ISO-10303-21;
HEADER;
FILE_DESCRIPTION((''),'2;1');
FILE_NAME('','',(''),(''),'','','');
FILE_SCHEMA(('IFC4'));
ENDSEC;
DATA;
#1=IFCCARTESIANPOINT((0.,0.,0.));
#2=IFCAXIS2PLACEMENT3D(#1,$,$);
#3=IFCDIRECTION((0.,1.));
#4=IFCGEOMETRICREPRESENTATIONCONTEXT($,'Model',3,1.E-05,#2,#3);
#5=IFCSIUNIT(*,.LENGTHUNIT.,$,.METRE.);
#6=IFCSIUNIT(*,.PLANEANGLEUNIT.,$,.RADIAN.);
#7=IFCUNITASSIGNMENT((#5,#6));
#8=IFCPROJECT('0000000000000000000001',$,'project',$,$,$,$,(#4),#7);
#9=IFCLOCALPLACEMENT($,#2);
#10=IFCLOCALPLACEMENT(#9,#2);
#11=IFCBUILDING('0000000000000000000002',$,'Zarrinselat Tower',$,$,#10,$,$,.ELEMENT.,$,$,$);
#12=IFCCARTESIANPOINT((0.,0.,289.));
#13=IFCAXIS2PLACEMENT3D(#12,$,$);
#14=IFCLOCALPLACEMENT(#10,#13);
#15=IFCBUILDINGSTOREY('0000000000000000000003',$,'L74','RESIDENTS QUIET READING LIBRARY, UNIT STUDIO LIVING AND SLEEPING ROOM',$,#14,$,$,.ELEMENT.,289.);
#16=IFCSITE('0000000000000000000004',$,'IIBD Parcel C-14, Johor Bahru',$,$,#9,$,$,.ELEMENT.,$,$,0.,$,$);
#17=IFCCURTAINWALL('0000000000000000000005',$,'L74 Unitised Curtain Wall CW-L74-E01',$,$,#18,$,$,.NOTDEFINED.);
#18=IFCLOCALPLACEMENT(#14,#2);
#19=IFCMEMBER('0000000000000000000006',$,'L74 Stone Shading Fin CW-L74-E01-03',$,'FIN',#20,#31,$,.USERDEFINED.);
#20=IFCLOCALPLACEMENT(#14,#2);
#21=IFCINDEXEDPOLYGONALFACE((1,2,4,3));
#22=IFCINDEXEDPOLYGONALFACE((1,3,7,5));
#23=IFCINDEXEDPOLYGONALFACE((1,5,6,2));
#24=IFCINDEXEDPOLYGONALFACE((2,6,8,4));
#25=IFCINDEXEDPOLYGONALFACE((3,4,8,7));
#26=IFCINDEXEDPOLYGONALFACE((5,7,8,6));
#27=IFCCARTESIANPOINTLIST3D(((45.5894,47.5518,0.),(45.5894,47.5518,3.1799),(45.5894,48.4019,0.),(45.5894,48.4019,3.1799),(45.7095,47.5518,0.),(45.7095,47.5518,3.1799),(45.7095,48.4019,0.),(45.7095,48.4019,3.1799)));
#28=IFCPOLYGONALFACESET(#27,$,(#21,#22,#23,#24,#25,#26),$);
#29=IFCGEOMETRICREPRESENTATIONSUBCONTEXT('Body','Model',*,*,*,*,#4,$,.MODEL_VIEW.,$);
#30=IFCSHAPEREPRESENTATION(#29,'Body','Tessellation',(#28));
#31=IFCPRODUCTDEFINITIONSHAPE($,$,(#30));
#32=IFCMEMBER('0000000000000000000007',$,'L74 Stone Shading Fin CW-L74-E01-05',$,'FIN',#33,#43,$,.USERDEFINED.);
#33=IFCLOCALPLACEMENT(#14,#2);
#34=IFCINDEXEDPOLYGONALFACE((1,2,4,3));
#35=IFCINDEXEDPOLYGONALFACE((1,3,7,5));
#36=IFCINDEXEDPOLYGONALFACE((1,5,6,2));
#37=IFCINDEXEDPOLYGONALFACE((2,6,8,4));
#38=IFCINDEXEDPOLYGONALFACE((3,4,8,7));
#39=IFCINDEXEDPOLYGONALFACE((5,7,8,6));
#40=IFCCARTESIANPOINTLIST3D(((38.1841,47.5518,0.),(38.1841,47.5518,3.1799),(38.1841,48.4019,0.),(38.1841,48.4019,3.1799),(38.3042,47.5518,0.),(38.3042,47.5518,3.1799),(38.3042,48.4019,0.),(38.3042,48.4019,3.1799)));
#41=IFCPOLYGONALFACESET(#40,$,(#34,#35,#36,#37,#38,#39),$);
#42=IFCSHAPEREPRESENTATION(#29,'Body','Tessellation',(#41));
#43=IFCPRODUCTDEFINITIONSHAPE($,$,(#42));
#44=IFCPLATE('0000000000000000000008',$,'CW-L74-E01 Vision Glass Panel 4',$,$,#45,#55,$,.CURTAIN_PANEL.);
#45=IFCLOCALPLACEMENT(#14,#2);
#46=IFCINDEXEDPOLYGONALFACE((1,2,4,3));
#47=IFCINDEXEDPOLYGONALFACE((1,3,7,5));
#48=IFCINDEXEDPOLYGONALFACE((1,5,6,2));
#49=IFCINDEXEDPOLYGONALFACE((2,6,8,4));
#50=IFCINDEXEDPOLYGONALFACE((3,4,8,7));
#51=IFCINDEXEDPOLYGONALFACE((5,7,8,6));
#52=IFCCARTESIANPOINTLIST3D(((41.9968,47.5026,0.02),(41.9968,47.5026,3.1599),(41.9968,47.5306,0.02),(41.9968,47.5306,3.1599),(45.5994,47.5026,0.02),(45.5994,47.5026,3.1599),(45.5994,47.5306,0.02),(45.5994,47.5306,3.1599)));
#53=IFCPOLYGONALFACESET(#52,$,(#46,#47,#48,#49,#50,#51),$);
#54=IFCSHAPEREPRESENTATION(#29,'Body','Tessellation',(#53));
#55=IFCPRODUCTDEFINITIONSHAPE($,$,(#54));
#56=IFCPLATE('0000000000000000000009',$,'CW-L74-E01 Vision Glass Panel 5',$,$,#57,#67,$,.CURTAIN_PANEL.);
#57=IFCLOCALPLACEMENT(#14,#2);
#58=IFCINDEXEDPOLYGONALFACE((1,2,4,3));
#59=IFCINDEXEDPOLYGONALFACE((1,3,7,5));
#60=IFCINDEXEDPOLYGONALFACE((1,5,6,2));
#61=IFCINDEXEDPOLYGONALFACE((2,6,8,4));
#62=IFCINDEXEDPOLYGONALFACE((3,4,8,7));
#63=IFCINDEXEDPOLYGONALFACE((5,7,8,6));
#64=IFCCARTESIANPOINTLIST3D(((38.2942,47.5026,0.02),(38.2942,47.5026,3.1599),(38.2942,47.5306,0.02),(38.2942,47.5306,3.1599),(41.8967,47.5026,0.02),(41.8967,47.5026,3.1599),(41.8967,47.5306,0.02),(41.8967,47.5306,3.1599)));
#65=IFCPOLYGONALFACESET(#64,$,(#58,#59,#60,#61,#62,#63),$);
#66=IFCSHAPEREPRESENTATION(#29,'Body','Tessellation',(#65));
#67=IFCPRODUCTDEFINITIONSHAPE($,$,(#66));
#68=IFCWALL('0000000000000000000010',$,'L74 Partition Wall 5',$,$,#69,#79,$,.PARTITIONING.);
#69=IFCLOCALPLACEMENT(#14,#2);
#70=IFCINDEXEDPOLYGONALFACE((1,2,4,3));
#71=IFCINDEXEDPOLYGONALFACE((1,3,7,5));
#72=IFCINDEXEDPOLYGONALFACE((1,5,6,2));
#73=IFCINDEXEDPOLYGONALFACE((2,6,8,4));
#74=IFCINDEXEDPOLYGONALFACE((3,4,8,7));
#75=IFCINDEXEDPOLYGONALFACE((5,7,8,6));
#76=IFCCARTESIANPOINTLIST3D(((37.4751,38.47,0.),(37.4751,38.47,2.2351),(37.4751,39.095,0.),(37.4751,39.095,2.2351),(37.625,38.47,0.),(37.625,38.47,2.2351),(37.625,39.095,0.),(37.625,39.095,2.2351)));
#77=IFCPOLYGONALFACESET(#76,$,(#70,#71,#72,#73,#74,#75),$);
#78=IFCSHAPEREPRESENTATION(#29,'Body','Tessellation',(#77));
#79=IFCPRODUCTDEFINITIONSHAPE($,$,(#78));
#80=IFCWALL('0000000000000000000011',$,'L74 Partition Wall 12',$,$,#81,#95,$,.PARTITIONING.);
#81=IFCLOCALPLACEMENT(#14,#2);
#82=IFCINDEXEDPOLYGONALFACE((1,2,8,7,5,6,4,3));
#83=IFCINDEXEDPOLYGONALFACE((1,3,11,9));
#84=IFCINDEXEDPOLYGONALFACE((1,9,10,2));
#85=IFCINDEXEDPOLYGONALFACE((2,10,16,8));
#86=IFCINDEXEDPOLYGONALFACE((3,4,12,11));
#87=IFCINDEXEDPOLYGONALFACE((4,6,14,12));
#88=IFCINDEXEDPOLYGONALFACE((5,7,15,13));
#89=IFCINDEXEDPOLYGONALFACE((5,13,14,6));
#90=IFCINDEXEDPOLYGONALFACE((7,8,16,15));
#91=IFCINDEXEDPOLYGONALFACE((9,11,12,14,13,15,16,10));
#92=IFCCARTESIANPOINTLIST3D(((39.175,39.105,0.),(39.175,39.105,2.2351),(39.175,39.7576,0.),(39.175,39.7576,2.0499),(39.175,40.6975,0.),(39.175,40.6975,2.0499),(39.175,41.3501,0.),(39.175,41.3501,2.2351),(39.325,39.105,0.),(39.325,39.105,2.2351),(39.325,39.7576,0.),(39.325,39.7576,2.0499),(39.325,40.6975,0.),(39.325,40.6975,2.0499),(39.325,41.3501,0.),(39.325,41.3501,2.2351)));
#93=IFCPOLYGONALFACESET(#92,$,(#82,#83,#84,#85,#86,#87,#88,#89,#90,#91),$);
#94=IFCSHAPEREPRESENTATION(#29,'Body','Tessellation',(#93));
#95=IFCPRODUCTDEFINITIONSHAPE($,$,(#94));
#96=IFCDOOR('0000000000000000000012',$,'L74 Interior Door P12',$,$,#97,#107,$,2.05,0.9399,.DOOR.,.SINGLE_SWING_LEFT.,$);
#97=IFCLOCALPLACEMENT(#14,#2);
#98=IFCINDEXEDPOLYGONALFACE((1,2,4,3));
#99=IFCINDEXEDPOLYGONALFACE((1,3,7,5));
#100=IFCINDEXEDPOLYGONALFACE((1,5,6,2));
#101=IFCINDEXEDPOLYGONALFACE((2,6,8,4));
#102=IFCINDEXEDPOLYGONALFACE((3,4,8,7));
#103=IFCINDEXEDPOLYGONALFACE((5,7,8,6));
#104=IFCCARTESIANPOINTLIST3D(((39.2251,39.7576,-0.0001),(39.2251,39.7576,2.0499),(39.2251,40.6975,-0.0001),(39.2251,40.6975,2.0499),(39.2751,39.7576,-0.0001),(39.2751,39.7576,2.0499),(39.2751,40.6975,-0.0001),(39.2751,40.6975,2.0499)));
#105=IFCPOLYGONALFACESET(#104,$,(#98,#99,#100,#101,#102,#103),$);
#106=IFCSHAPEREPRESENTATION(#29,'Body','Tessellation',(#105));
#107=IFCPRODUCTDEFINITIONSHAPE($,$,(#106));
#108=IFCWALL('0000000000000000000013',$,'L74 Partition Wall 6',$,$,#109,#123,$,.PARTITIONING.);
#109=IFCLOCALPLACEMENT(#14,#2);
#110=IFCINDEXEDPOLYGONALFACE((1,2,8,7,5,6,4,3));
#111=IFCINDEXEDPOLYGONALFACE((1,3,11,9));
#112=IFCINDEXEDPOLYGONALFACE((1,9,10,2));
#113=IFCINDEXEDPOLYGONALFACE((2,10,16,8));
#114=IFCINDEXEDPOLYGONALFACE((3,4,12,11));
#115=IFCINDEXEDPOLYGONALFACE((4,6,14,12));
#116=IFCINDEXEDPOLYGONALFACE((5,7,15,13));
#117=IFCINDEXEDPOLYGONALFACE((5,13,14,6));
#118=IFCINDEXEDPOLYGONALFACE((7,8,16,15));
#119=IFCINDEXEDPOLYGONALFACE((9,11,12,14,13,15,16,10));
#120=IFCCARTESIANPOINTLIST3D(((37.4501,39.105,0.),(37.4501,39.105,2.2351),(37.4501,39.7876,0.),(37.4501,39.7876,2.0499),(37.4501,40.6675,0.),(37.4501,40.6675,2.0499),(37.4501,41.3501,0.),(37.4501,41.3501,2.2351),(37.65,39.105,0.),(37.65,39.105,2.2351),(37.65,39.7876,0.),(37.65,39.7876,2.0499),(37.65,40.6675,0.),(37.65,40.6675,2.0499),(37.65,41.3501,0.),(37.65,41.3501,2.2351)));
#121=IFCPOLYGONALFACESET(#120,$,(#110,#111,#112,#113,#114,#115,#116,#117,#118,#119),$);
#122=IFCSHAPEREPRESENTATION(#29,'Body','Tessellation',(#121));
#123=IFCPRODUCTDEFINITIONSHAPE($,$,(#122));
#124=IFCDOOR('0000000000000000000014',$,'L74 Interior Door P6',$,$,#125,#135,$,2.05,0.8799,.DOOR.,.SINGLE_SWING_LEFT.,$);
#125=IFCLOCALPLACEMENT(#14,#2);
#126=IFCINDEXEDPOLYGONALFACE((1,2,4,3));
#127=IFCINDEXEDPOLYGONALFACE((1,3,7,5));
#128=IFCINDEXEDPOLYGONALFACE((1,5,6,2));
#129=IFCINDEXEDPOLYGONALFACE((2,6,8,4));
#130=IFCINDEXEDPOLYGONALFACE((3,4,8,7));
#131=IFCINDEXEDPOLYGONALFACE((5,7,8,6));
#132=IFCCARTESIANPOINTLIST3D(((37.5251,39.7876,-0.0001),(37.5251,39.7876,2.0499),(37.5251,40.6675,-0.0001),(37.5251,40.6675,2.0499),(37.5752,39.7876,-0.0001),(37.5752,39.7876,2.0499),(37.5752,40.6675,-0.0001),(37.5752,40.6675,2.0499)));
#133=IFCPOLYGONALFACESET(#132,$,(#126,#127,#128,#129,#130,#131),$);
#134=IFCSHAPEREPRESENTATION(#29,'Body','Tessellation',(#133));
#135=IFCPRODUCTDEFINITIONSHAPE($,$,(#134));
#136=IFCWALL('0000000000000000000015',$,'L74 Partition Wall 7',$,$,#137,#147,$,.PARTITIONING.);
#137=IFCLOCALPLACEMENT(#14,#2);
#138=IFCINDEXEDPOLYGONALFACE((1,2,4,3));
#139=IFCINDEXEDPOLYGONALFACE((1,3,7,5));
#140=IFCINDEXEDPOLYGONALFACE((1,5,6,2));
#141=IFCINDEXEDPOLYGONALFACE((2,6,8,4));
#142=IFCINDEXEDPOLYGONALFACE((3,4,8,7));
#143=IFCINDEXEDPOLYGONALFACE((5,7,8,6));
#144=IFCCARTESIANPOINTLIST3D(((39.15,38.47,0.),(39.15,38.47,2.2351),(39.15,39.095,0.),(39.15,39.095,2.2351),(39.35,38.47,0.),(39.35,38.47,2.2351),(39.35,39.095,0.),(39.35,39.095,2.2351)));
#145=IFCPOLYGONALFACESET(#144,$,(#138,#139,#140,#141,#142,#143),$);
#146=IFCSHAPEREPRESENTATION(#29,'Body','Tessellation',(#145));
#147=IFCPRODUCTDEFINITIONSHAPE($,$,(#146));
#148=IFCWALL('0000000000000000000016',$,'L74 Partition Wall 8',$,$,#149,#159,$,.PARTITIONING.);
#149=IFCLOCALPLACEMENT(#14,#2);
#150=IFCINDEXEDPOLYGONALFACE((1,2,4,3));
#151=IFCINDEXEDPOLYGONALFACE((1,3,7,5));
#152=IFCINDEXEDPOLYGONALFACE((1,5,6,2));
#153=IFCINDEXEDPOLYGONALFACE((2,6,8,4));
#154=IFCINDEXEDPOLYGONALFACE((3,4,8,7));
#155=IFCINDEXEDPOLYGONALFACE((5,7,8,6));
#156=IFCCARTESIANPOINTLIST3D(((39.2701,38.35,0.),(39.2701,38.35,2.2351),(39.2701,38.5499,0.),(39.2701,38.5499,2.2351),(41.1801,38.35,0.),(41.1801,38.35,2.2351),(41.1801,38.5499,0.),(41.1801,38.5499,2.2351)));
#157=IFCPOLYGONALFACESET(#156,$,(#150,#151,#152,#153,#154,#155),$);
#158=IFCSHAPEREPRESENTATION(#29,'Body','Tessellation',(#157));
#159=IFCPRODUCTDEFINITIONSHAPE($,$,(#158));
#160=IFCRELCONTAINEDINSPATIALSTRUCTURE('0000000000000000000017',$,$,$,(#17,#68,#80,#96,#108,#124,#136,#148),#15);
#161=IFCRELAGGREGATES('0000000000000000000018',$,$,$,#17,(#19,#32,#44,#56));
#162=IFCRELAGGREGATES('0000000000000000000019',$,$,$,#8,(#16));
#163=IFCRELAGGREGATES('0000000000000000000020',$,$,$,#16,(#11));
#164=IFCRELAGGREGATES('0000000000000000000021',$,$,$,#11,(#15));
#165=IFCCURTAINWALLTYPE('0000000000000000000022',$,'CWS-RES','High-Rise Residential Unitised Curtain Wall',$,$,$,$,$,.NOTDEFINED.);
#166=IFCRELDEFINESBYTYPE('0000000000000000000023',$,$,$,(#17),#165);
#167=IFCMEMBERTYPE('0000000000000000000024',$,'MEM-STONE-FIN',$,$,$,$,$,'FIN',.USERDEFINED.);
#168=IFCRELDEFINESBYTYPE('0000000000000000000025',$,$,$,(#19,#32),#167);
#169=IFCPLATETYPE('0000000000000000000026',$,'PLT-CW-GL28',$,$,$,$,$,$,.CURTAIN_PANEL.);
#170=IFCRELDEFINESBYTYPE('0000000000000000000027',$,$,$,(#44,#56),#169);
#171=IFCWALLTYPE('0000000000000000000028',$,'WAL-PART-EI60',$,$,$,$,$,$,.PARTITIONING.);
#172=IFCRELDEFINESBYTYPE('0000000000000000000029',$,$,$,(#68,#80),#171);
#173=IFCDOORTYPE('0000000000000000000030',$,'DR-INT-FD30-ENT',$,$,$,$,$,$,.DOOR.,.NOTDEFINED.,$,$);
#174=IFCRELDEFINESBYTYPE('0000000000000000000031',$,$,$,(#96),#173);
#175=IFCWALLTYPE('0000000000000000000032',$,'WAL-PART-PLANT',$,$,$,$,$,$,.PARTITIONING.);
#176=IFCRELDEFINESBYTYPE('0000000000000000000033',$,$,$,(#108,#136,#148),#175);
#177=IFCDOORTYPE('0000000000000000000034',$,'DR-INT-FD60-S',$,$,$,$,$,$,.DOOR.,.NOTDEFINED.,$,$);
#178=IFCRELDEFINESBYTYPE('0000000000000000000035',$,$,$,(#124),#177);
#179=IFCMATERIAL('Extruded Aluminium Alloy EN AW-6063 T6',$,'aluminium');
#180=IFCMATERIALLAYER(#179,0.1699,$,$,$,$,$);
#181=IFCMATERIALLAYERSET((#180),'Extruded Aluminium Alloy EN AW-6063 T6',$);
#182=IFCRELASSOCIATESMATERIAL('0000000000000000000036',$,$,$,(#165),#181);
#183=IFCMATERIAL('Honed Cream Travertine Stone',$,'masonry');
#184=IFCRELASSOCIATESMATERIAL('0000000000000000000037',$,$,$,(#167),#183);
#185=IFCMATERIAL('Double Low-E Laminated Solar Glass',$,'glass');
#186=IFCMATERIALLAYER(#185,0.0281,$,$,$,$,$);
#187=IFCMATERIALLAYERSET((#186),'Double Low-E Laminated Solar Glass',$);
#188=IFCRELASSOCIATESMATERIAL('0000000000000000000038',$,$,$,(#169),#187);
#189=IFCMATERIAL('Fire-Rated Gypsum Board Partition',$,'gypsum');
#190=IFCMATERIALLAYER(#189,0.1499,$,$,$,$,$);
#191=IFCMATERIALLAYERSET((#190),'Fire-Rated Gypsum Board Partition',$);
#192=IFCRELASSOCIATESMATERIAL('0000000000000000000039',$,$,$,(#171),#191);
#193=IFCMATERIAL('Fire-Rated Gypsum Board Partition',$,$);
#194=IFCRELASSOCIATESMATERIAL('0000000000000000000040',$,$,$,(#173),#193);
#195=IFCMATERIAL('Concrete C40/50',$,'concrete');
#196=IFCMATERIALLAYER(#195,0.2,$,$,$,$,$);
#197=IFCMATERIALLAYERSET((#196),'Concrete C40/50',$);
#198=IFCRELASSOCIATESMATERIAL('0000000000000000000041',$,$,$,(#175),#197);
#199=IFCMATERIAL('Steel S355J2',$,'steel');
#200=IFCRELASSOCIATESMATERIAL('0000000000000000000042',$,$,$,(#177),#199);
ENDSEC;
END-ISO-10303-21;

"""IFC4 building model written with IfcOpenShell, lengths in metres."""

from ifc_helpers import new_model, si_unit, direction, frame, frame_2d, origin, origin_2d, place, context, subcontext, project, spatial, rectangle, extrude, material, layer, layer_set, material_profile, profile_set, type_object, element, fill, aggregate, save


model = new_model("IFC4")

# Units and contexts
model_context = context("Model", 3, precision=1e-05, world=origin(), true_north=direction((0.0, 1.0)))
body_context = subcontext(model_context, "Body", "Model", "MODEL_VIEW")
ifc_project = project(units=[si_unit("LENGTHUNIT", "METRE"), si_unit("PLANEANGLEUNIT", "RADIAN")], contexts=[model_context])

# Site, building, storey
site_placement = place(None, origin())
site = spatial("IfcSite", under=ifc_project, at=site_placement, Name="IIBD Parcel C-14, Johor Bahru", CompositionType="ELEMENT", RefElevation=0.0)
building_placement = place(site_placement, origin())
building = spatial("IfcBuilding", under=site, at=building_placement, Name="Zarrinselat Tower", CompositionType="ELEMENT")
storey_placement = place(building_placement, frame((0.0, 0.0, 289.0)))
storey = spatial("IfcBuildingStorey", under=building, at=storey_placement, Name="L74", Description="RESIDENTS QUIET READING LIBRARY, UNIT STUDIO LIVING AND SLEEPING ROOM", CompositionType="ELEMENT", Elevation=289.0)

# Curtain wall, members, plates
ifc_material_1 = material(Name="Extruded Aluminium Alloy EN AW-6063 T6", Category="aluminium")
ifc_layer_1 = layer(ifc_material_1, 0.1699)
ifc_layer_set_1 = layer_set([ifc_layer_1], Name="Extruded Aluminium Alloy EN AW-6063 T6")
curtain_wall_type = type_object("IfcCurtainWallType", Name="CWS-RES", Description="High-Rise Residential Unitised Curtain Wall", PredefinedType="NOTDEFINED", material=ifc_layer_set_1)
curtain_wall_placement = place(storey_placement, origin())
curtain_wall = element("IfcCurtainWall", 1, at=curtain_wall_placement, inside=storey, type_object=curtain_wall_type, Name="L74 Unitised Curtain Wall CW-L74-E01", PredefinedType="NOTDEFINED")
ifc_material_2 = material(Name="Honed Cream Travertine Stone", Category="masonry")
ifc_material_profile_1 = material_profile(ifc_material_2, rectangle(XDim=0.1201, YDim=0.8501, at=origin_2d()), Name="FIN 850x120")
ifc_profile_set_1 = profile_set([ifc_material_profile_1], Name="Honed Cream Travertine Stone")
member_type_1 = type_object("IfcMemberType", Name="MEM-STONE-FIN", ElementType="FIN", PredefinedType="USERDEFINED", material=ifc_profile_set_1)
member_1_placement = place(storey_placement, frame((45.6494, 47.9768, 0.0), z_axis=(0.0, 0.0, 1.0), x_axis=(1.0, 0.0, 0.0)))
member_1 = element("IfcMember", 2, at=member_1_placement, type_object=member_type_1, Name="L74 Stone Shading Fin CW-L74-E01-03", ObjectType="FIN", PredefinedType="USERDEFINED", context=body_context, shape_type="SweptSolid", body=[
    extrude(rectangle(XDim=0.1201, YDim=0.8501, at=origin_2d()), origin(), (0.0, 0.0, 1.0), 3.1799),
])
member_2_placement = place(storey_placement, frame((38.2441, 47.9768, 0.0), z_axis=(0.0, 0.0, 1.0), x_axis=(1.0, 0.0, 0.0)))
member_2 = element("IfcMember", 3, at=member_2_placement, type_object=member_type_1, Name="L74 Stone Shading Fin CW-L74-E01-05", ObjectType="FIN", PredefinedType="USERDEFINED", context=body_context, shape_type="SweptSolid", body=[
    extrude(rectangle(XDim=0.1201, YDim=0.8501, at=origin_2d()), origin(), (0.0, 0.0, 1.0), 3.1799),
])
ifc_material_3 = material(Name="Double Low-E Laminated Solar Glass", Category="glass")
ifc_layer_2 = layer(ifc_material_3, 0.0281)
ifc_layer_set_2 = layer_set([ifc_layer_2], Name="Double Low-E Laminated Solar Glass")
plate_type = type_object("IfcPlateType", Name="PLT-CW-GL28", PredefinedType="CURTAIN_PANEL", material=ifc_layer_set_2)
plate_1_placement = place(storey_placement, frame((43.7981, 47.5166, 0.02), z_axis=(0.0, 0.0, 1.0), x_axis=(-1.0, 0.0, 0.0)))
plate_1 = element("IfcPlate", 4, at=plate_1_placement, type_object=plate_type, Name="CW-L74-E01 Vision Glass Panel 4", PredefinedType="CURTAIN_PANEL", context=body_context, shape_type="SweptSolid", body=[
    extrude(rectangle(XDim=3.6025, YDim=0.0281, at=origin_2d()), origin(), (0.0, 0.0, 1.0), 3.1399),
])
plate_2_placement = place(storey_placement, frame((40.0955, 47.5166, 0.02), z_axis=(0.0, 0.0, 1.0), x_axis=(-1.0, 0.0, 0.0)))
plate_2 = element("IfcPlate", 5, at=plate_2_placement, type_object=plate_type, Name="CW-L74-E01 Vision Glass Panel 5", PredefinedType="CURTAIN_PANEL", context=body_context, shape_type="SweptSolid", body=[
    extrude(rectangle(XDim=3.6025, YDim=0.0281, at=origin_2d()), origin(), (0.0, 0.0, 1.0), 3.1399),
])
aggregate(curtain_wall, [member_1, member_2, plate_1, plate_2])

# Wall
ifc_material_4 = material(Name="Fire-Rated Gypsum Board Partition", Category="gypsum")
ifc_layer_3 = layer(ifc_material_4, 0.1499)
ifc_layer_set_3 = layer_set([ifc_layer_3], Name="Fire-Rated Gypsum Board Partition")
wall_type_1 = type_object("IfcWallType", Name="WAL-PART-EI60", PredefinedType="PARTITIONING", material=ifc_layer_set_3)
wall_1_placement = place(storey_placement, frame((37.55, 38.47, 0.0), z_axis=(0.0, 0.0, 1.0), x_axis=(0.0, 1.0, 0.0)))
element("IfcWall", 6, at=wall_1_placement, inside=storey, type_object=wall_type_1, Name="L74 Partition Wall 5", PredefinedType="PARTITIONING", context=body_context, shape_type="SweptSolid", body=[
    extrude(rectangle(XDim=0.625, YDim=0.1499, at=frame_2d((0.3125, 0.0))), origin(), (0.0, 0.0, 1.0), 2.2351),
])

# Walls, openings, doors
wall_2_placement = place(storey_placement, frame((39.25, 39.105, 0.0), z_axis=(0.0, 0.0, 1.0), x_axis=(0.0, 1.0, 0.0)))
wall_2 = element("IfcWall", 7, at=wall_2_placement, inside=storey, type_object=wall_type_1, Name="L74 Partition Wall 12", PredefinedType="PARTITIONING", context=body_context, shape_type="SweptSolid", body=[
    extrude(rectangle(XDim=2.2451, YDim=0.1499, at=frame_2d((1.1226, 0.0))), origin(), (0.0, 0.0, 1.0), 2.2351),
])
opening_1_placement = place(wall_2_placement, frame((0.6526, 0.0, 0.0)))
opening_1 = element("IfcOpeningElement", 8, at=opening_1_placement, cuts=wall_2, PredefinedType="OPENING", context=body_context, shape_type="SweptSolid", body=[
    extrude(rectangle(XDim=0.9399, YDim=2.05, at=frame_2d((0.47, 1.0249))), frame((0.0, 0.085, 0.0), z_axis=(0.0, -1.0, 0.0), x_axis=(1.0, 0.0, 0.0)), (0.0, 0.0, 1.0), 0.1699),
])
ifc_material_5 = material(Name="Fire-Rated Gypsum Board Partition")
door_type_1 = type_object("IfcDoorType", Name="DR-INT-FD30-ENT", OperationType="NOTDEFINED", PredefinedType="DOOR", material=ifc_material_5)
door_1_placement = place(opening_1_placement, origin())
door_1 = element("IfcDoor", 9, at=door_1_placement, inside=storey, type_object=door_type_1, Name="L74 Interior Door P12", OperationType="SINGLE_SWING_LEFT", OverallHeight=2.05, OverallWidth=0.9399, PredefinedType="DOOR", context=body_context, shape_type="SweptSolid", body=[
    extrude(rectangle(XDim=0.9399, YDim=2.05, at=frame_2d((0.47, 1.0249))), frame((0.0, 0.0249, 0.0), z_axis=(0.0, -1.0, 0.0), x_axis=(1.0, 0.0, 0.0)), (0.0, 0.0, 1.0), 0.05),
])
fill(opening_1, door_1)
ifc_material_6 = material(Name="Concrete C40/50", Category="concrete")
ifc_layer_4 = layer(ifc_material_6, 0.2)
ifc_layer_set_4 = layer_set([ifc_layer_4], Name="Concrete C40/50")
wall_type_2 = type_object("IfcWallType", Name="WAL-PART-PLANT", PredefinedType="PARTITIONING", material=ifc_layer_set_4)
wall_3_placement = place(storey_placement, frame((37.55, 39.105, 0.0), z_axis=(0.0, 0.0, 1.0), x_axis=(0.0, 1.0, 0.0)))
wall_3 = element("IfcWall", 10, at=wall_3_placement, inside=storey, type_object=wall_type_2, Name="L74 Partition Wall 6", PredefinedType="PARTITIONING", context=body_context, shape_type="SweptSolid", body=[
    extrude(rectangle(XDim=2.2451, YDim=0.2, at=frame_2d((1.1226, 0.0))), origin(), (0.0, 0.0, 1.0), 2.2351),
])
opening_2_placement = place(wall_3_placement, frame((0.6826, 0.0, 0.0)))
opening_2 = element("IfcOpeningElement", 11, at=opening_2_placement, cuts=wall_3, PredefinedType="OPENING", context=body_context, shape_type="SweptSolid", body=[
    extrude(rectangle(XDim=0.8799, YDim=2.05, at=frame_2d((0.4399, 1.0249))), frame((0.0, 0.1099, 0.0), z_axis=(0.0, -1.0, 0.0), x_axis=(1.0, 0.0, 0.0)), (0.0, 0.0, 1.0), 0.22),
])
ifc_material_7 = material(Name="Steel S355J2", Category="steel")
door_type_2 = type_object("IfcDoorType", Name="DR-INT-FD60-S", OperationType="NOTDEFINED", PredefinedType="DOOR", material=ifc_material_7)
door_2_placement = place(opening_2_placement, origin())
door_2 = element("IfcDoor", 12, at=door_2_placement, inside=storey, type_object=door_type_2, Name="L74 Interior Door P6", OperationType="SINGLE_SWING_LEFT", OverallHeight=2.05, OverallWidth=0.8799, PredefinedType="DOOR", context=body_context, shape_type="SweptSolid", body=[
    extrude(rectangle(XDim=0.8799, YDim=2.05, at=frame_2d((0.4399, 1.0249))), frame((0.0, 0.0249, 0.0), z_axis=(0.0, -1.0, 0.0), x_axis=(1.0, 0.0, 0.0)), (0.0, 0.0, 1.0), 0.05),
])
fill(opening_2, door_2)

# Walls
wall_4_placement = place(storey_placement, frame((39.25, 38.47, 0.0), z_axis=(0.0, 0.0, 1.0), x_axis=(0.0, 1.0, 0.0)))
element("IfcWall", 13, at=wall_4_placement, inside=storey, type_object=wall_type_2, Name="L74 Partition Wall 7", PredefinedType="PARTITIONING", context=body_context, shape_type="SweptSolid", body=[
    extrude(rectangle(XDim=0.625, YDim=0.2, at=frame_2d((0.3125, 0.0))), origin(), (0.0, 0.0, 1.0), 2.2351),
])
wall_5_placement = place(storey_placement, frame((39.27, 38.45, 0.0), z_axis=(0.0, 0.0, 1.0), x_axis=(1.0, 0.0, 0.0)))
element("IfcWall", 14, at=wall_5_placement, inside=storey, type_object=wall_type_2, Name="L74 Partition Wall 8", PredefinedType="PARTITIONING", context=body_context, shape_type="SweptSolid", body=[
    extrude(rectangle(XDim=1.9099, YDim=0.2, at=frame_2d((0.9551, 0.0))), origin(), (0.0, 0.0, 1.0), 2.2351),
])

save(model, "model.ifc")
